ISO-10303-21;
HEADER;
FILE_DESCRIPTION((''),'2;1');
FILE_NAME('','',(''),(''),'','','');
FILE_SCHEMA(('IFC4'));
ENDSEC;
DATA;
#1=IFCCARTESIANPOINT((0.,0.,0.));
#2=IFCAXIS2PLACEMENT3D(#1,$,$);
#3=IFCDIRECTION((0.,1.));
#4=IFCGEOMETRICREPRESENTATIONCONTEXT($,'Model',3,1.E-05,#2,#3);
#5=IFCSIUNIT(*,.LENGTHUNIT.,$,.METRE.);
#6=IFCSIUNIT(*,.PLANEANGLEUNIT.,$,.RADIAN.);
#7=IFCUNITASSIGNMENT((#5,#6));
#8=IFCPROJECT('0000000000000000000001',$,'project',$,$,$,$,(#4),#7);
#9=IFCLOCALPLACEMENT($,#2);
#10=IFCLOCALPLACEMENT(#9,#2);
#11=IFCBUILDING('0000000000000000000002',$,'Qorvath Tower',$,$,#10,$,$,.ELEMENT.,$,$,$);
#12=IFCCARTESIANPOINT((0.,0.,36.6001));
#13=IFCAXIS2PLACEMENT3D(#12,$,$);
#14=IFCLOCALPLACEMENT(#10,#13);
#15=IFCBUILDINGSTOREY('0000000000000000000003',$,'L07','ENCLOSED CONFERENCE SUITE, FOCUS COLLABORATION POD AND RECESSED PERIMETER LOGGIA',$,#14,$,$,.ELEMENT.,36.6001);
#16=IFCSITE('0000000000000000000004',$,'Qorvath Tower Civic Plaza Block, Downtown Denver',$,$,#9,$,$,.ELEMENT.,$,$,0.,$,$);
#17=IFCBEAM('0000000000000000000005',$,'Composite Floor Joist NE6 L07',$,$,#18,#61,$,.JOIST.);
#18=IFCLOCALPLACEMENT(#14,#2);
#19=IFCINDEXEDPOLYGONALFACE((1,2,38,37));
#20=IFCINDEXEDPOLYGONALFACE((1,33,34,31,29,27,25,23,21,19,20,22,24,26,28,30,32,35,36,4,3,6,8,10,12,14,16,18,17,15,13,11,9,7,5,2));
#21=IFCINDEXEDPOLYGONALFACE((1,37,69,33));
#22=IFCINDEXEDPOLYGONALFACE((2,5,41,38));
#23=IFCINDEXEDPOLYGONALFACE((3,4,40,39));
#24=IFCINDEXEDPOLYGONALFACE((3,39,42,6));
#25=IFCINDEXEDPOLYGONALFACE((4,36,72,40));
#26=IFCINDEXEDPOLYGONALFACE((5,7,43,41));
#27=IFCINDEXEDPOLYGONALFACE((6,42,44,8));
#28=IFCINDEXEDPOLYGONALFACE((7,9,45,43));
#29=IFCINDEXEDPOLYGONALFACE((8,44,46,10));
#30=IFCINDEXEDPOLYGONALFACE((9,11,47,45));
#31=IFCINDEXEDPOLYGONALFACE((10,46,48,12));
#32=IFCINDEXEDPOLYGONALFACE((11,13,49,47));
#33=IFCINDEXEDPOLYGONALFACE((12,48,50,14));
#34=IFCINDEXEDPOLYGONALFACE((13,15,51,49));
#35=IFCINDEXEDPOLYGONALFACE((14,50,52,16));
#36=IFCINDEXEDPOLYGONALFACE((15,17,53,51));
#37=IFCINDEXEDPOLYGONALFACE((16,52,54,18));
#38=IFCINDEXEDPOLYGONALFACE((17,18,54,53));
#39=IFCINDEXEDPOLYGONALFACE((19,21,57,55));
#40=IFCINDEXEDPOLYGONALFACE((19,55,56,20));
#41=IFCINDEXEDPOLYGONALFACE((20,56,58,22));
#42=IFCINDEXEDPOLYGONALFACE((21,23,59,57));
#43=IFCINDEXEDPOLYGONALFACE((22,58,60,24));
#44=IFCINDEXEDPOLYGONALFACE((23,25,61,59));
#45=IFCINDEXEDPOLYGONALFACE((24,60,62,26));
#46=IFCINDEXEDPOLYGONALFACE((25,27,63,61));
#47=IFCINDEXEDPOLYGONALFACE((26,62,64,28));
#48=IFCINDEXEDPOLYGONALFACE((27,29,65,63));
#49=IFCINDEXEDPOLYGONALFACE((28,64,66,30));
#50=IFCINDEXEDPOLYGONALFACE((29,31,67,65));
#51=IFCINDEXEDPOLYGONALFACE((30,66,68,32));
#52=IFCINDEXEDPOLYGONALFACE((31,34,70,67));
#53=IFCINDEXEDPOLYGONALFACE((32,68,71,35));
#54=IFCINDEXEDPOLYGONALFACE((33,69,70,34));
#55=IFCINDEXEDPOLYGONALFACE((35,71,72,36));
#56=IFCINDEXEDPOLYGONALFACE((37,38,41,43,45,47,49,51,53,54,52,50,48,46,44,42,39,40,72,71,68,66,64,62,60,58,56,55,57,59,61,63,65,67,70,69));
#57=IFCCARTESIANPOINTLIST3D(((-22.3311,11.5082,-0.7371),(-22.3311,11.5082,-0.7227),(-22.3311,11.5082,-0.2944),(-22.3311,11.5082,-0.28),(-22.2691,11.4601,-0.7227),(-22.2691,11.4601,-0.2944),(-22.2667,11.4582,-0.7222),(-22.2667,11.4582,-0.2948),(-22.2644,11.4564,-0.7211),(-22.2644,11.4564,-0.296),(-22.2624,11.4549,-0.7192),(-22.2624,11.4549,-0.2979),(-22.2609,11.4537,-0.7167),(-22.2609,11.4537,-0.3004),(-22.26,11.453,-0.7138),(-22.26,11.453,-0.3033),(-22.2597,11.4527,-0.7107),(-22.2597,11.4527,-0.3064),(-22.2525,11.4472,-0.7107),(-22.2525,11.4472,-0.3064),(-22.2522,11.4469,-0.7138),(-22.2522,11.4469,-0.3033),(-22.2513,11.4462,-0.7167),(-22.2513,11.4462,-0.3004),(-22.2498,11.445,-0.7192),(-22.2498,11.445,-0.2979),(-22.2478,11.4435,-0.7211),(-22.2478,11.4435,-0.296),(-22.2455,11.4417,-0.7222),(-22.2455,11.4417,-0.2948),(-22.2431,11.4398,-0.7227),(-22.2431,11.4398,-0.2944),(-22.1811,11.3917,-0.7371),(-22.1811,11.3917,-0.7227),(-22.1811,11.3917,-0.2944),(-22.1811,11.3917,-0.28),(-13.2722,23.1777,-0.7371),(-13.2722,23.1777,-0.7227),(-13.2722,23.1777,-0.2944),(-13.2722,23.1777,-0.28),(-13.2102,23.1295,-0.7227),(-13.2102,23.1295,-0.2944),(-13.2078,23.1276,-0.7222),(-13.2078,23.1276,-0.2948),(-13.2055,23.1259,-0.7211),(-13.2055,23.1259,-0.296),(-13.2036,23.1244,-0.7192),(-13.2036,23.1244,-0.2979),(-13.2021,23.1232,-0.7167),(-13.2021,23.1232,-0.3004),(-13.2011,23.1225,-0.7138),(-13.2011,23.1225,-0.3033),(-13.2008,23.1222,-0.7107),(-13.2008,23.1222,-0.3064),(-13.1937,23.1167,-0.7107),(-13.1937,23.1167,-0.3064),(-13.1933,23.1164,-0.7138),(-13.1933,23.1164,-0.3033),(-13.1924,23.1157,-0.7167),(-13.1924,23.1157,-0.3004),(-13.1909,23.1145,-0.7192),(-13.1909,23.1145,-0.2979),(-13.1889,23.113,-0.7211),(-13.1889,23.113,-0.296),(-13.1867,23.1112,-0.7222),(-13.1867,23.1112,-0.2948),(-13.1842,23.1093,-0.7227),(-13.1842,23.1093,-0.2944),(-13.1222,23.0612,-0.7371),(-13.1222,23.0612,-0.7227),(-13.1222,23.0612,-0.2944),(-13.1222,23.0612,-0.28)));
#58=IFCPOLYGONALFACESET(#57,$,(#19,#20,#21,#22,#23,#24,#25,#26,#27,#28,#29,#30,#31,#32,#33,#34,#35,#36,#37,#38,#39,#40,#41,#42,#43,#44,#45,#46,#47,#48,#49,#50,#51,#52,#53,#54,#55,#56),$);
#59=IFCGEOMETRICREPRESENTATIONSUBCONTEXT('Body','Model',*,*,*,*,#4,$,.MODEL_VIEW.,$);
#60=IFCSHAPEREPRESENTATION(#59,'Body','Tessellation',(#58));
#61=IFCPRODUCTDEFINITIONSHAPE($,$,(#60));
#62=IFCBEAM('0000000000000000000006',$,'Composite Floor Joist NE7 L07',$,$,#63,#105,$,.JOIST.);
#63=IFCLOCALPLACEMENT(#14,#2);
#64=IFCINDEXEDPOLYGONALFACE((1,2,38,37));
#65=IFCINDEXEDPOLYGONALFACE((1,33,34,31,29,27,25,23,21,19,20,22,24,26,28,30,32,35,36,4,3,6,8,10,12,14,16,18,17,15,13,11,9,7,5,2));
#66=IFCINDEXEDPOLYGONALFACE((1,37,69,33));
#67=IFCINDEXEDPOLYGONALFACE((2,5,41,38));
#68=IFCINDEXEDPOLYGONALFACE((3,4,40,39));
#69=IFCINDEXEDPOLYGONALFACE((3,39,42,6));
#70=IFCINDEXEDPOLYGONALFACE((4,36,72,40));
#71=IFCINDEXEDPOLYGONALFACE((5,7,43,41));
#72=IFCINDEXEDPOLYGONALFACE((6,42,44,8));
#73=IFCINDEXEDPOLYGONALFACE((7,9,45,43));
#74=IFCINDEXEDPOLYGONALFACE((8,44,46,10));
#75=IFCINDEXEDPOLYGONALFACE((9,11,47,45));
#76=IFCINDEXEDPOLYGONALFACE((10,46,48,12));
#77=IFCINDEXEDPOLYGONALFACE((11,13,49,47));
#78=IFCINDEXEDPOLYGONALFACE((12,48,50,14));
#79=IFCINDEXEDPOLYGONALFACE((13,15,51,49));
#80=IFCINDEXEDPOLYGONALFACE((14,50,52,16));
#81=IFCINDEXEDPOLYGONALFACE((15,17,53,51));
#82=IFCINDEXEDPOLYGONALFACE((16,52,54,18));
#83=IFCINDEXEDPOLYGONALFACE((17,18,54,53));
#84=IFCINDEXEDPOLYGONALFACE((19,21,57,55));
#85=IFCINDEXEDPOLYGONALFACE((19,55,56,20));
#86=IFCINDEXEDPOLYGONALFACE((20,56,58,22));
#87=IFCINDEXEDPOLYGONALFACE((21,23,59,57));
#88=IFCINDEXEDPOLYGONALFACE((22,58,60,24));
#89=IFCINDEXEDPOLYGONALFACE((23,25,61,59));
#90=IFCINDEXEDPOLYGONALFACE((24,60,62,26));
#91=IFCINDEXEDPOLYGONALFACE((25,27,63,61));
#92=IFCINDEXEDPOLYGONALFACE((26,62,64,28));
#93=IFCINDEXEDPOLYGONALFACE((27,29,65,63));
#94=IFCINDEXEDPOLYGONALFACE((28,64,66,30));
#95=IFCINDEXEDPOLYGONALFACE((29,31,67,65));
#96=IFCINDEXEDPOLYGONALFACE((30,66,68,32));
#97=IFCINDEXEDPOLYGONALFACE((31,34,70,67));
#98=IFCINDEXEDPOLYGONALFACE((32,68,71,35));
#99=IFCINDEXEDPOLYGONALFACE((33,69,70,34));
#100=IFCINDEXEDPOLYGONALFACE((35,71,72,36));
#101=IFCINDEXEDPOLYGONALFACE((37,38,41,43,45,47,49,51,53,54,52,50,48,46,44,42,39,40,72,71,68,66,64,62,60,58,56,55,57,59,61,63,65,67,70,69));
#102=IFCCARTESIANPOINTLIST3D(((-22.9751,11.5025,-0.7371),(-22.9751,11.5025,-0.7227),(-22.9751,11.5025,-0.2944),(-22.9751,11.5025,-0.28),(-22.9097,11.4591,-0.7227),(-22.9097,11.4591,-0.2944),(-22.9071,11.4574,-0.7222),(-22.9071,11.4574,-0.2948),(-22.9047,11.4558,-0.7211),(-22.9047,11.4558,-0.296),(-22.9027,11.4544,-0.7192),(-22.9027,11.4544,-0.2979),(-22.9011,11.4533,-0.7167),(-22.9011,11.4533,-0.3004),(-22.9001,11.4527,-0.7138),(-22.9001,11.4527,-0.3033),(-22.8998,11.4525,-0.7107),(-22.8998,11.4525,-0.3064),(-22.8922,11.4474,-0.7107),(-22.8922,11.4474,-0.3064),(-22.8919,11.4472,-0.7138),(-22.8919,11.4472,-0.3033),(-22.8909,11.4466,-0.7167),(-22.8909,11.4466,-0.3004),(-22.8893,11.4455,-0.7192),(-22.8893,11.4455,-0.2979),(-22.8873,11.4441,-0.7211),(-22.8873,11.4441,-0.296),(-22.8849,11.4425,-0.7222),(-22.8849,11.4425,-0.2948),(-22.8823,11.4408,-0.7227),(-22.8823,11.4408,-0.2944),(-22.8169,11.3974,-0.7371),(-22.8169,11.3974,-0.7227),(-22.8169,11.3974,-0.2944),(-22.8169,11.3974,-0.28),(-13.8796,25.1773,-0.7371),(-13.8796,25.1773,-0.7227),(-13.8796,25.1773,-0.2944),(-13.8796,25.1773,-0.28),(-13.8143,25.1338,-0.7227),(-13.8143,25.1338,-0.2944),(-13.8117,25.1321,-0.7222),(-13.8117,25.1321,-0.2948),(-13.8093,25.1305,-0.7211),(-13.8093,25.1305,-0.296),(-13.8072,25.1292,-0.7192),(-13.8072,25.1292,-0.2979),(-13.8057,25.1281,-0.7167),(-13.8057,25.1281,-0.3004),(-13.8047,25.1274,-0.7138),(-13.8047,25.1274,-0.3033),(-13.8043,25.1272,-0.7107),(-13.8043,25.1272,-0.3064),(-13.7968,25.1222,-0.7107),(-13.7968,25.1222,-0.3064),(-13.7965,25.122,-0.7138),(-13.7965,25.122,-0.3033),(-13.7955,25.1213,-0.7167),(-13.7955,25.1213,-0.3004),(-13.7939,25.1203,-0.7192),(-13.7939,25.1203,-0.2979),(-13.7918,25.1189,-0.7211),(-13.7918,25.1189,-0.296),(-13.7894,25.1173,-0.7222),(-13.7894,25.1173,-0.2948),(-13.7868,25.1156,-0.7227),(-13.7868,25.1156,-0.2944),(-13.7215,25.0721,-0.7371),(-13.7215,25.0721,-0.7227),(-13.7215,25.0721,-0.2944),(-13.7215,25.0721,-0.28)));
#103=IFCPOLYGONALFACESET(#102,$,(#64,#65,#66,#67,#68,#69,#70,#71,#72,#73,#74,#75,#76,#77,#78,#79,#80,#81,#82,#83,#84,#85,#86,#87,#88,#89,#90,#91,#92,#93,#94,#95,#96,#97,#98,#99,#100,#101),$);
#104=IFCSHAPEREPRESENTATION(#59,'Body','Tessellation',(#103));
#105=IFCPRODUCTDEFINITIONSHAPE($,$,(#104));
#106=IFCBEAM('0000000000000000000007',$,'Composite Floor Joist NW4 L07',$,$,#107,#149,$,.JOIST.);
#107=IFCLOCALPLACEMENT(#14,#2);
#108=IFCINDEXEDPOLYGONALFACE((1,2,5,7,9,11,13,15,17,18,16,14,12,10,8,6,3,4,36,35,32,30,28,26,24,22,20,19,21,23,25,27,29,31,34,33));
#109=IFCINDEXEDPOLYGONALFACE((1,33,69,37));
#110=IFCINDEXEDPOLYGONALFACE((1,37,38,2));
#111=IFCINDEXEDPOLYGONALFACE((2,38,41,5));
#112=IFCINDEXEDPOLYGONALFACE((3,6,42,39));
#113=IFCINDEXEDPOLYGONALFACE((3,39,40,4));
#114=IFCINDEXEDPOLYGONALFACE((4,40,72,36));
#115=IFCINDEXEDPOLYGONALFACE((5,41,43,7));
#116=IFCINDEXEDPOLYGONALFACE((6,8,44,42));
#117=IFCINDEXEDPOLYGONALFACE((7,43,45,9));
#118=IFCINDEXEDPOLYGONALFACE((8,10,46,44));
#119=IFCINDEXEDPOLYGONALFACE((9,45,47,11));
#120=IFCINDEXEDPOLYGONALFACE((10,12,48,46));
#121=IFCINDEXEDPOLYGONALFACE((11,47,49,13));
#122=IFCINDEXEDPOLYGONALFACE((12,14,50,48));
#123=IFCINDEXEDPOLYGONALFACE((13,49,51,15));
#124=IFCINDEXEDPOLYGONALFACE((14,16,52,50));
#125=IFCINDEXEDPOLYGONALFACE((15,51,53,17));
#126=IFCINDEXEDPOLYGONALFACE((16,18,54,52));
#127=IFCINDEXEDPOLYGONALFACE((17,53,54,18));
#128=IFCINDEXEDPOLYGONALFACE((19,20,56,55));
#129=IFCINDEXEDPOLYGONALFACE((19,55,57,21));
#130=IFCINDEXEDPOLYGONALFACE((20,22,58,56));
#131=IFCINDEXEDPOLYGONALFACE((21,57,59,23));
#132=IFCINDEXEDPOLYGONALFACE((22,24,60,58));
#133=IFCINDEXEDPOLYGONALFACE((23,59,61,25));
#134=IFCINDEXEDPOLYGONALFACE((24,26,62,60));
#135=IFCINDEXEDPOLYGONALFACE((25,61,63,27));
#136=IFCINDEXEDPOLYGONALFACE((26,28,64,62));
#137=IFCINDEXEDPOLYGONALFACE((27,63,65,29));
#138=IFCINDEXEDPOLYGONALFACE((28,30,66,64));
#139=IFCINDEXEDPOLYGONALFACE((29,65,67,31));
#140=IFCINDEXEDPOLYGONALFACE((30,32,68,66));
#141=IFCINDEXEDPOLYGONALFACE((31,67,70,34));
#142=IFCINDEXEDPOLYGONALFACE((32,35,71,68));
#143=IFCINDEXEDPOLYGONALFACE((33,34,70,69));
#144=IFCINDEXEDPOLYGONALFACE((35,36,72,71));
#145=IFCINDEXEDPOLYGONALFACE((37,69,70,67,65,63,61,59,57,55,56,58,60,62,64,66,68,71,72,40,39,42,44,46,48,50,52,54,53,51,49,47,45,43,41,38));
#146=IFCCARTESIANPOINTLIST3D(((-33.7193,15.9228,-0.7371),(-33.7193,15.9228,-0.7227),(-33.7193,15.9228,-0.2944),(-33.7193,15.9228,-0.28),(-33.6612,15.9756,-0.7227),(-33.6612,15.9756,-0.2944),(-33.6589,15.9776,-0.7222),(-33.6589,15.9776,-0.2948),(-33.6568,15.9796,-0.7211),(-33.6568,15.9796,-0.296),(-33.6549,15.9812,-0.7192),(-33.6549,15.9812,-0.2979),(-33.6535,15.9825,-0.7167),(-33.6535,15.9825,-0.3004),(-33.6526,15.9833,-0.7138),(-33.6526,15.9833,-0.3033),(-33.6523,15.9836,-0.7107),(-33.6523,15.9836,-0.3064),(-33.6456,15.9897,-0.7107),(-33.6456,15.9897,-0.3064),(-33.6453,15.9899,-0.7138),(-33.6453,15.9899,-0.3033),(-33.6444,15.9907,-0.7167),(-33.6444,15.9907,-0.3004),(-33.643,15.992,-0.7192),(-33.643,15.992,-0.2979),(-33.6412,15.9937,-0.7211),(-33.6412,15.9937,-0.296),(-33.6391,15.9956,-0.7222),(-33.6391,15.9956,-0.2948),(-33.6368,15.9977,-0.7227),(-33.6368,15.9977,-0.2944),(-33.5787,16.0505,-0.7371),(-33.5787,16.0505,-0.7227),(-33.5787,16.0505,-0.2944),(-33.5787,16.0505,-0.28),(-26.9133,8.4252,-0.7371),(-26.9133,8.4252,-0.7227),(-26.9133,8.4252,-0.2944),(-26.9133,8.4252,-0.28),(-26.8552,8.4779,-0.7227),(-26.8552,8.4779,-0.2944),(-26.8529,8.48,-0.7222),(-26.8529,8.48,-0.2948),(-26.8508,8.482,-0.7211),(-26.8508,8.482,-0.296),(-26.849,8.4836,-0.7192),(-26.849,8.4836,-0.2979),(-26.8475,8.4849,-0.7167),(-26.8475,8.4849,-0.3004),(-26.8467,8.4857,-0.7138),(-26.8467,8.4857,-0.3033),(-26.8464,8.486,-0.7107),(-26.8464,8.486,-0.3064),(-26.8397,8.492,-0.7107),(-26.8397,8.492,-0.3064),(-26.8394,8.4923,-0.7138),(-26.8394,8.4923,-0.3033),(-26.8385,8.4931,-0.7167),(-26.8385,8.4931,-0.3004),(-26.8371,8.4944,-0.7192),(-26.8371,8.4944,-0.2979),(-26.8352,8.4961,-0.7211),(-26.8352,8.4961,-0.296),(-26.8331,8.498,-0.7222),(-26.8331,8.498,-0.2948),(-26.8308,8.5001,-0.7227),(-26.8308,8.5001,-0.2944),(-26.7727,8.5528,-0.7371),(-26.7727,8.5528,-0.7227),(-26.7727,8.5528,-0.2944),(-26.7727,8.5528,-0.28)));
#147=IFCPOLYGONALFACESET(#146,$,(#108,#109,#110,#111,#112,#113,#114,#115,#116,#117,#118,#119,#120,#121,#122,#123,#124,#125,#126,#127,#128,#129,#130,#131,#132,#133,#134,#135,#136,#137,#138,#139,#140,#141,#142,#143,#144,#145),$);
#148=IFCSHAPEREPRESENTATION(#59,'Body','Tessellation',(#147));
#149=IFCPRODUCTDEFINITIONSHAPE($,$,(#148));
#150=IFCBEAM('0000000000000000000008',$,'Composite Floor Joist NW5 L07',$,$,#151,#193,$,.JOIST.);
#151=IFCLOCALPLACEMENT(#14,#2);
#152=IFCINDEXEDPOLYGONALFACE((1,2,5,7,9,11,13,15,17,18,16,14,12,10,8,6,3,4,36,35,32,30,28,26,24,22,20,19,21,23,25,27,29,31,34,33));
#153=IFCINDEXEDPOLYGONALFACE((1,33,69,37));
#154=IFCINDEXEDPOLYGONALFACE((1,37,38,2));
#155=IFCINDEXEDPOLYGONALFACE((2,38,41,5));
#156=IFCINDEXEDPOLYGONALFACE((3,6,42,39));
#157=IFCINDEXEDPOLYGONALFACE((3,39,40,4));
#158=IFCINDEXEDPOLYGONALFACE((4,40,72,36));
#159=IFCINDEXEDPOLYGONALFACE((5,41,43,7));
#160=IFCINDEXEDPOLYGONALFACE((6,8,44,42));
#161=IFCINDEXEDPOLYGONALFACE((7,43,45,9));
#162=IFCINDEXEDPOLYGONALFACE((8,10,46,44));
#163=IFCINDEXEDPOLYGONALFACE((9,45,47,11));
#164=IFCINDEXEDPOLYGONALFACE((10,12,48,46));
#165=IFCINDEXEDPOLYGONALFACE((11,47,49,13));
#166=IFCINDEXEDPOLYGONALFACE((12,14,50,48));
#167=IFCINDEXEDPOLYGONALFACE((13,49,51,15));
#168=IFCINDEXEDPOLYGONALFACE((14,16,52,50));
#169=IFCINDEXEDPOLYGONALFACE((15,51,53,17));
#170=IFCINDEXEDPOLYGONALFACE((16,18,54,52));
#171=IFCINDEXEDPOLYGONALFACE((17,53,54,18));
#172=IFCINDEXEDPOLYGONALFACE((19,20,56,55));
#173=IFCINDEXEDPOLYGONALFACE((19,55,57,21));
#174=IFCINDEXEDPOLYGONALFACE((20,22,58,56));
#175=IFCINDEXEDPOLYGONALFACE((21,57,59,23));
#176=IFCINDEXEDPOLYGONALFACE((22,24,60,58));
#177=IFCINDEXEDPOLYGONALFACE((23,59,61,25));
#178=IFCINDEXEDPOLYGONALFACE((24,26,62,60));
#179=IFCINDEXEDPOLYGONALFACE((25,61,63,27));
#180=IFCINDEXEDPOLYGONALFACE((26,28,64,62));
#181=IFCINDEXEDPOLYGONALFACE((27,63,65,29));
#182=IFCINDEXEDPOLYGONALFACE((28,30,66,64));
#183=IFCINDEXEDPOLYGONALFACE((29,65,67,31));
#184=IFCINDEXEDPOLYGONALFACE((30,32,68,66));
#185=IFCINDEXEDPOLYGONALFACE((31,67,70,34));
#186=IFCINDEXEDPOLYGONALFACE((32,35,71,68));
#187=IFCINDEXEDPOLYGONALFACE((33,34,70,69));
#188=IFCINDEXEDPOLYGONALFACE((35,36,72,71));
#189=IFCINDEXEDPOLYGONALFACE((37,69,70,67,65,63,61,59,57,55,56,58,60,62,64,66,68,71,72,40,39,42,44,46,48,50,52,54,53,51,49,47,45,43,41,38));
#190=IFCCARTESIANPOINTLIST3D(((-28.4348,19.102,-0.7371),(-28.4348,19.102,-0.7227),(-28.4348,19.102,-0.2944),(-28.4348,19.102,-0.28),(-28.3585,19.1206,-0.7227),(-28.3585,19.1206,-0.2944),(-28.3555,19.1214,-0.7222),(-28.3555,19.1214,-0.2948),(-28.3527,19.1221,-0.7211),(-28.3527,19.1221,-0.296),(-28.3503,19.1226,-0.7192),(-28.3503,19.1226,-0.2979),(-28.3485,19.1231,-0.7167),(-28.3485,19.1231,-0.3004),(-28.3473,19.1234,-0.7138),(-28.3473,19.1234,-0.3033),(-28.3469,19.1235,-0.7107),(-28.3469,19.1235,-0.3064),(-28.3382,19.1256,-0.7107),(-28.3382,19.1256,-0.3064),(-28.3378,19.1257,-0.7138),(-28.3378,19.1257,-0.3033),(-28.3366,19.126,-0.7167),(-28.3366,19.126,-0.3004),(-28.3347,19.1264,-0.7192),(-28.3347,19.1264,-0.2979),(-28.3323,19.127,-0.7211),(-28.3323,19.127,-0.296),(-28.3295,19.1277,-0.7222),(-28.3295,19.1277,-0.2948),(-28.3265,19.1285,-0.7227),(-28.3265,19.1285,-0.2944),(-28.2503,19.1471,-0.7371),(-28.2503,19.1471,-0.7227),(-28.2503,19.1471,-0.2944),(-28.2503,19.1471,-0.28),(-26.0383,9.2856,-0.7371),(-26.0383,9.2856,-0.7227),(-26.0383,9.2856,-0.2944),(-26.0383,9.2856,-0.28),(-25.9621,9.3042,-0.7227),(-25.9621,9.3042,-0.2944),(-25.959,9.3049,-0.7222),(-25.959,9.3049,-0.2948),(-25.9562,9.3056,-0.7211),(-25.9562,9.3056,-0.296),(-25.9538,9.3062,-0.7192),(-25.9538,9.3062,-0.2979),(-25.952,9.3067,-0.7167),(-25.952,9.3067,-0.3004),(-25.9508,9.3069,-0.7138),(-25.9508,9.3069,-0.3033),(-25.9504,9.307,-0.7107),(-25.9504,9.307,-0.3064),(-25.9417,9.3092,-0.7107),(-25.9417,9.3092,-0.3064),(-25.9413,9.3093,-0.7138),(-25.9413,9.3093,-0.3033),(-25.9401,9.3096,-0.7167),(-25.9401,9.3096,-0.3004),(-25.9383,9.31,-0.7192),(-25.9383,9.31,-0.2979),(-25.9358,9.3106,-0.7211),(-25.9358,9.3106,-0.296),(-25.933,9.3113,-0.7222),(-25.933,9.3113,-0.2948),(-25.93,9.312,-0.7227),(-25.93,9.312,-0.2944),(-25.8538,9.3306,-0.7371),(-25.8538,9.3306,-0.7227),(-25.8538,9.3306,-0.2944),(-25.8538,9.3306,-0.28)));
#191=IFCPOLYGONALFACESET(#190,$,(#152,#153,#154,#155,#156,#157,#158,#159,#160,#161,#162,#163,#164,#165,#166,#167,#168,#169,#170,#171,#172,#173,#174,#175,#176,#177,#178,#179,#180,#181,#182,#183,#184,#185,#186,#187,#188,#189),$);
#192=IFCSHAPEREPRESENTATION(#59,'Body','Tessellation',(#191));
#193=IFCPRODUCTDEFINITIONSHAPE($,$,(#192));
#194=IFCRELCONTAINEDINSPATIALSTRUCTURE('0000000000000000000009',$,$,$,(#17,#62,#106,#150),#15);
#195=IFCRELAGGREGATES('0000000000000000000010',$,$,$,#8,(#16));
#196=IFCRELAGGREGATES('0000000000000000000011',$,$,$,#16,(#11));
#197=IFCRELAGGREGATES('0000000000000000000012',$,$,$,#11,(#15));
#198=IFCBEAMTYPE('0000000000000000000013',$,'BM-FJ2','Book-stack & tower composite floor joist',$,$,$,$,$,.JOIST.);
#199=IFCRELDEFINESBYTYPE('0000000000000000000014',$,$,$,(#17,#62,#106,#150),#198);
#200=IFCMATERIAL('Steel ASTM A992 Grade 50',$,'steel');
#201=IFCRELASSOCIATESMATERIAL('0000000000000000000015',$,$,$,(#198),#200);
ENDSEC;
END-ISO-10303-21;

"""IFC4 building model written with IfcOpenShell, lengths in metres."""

from ifc_helpers import new_model, si_unit, direction, frame, origin, origin_2d, place, context, subcontext, project, spatial, i_section, extrude, material, material_profile, profile_set, type_object, element, save


model = new_model("IFC4")

# Units and contexts
model_context = context("Model", 3, precision=1e-05, world=origin(), true_north=direction((0.0, 1.0)))
body_context = subcontext(model_context, "Body", "Model", "MODEL_VIEW")
ifc_project = project(units=[si_unit("LENGTHUNIT", "METRE"), si_unit("PLANEANGLEUNIT", "RADIAN")], contexts=[model_context])

# Site, building, storey
site_placement = place(None, origin())
site = spatial("IfcSite", under=ifc_project, at=site_placement, Name="Qorvath Tower Civic Plaza Block, Downtown Denver", CompositionType="ELEMENT", RefElevation=0.0)
building_placement = place(site_placement, origin())
building = spatial("IfcBuilding", under=site, at=building_placement, Name="Qorvath Tower", CompositionType="ELEMENT")
storey_placement = place(building_placement, frame((0.0, 0.0, 36.6001)))
storey = spatial("IfcBuildingStorey", under=building, at=storey_placement, Name="L07", Description="ENCLOSED CONFERENCE SUITE, FOCUS COLLABORATION POD AND RECESSED PERIMETER LOGGIA", CompositionType="ELEMENT", Elevation=36.6001)

# Beams
ifc_material_1 = material(Name="Steel ASTM A992 Grade 50", Category="steel")
ifc_material_profile_1 = material_profile(ifc_material_1, i_section(OverallWidth=0.1899, OverallDepth=0.457, WebThickness=0.009, FlangeThickness=0.0144, FilletRadius=0.012, at=origin_2d()), Name="W18x50")
ifc_profile_set_1 = profile_set([ifc_material_profile_1], Name="Steel ASTM A992 Grade 50")
beam_type_1 = type_object("IfcBeamType", Name="BM-FJ2", Description="Book-stack & tower composite floor joist", PredefinedType="JOIST", material=ifc_profile_set_1)
beam_1_placement = place(storey_placement, frame((-22.2561, 11.45, -0.5085), z_axis=(0.613207, 0.789922, 0.0), x_axis=(-0.789922, 0.613207, 0.0)))
element("IfcBeam", 1, at=beam_1_placement, inside=storey, type_object=beam_type_1, Name="Composite Floor Joist NE6 L07", PredefinedType="JOIST", context=body_context, shape_type="SweptSolid", body=[
    extrude(i_section(OverallWidth=0.1899, OverallDepth=0.457, WebThickness=0.009, FlangeThickness=0.0144, FilletRadius=0.012, at=origin_2d()), origin(), (0.0, 0.0, 1.0), 14.7729),
])
beam_2_placement = place(storey_placement, frame((-22.896, 11.45, -0.5085), z_axis=(0.553811, 0.832642, 0.0), x_axis=(-0.832642, 0.553811, 0.0)))
element("IfcBeam", 2, at=beam_2_placement, inside=storey, type_object=beam_type_1, Name="Composite Floor Joist NE7 L07", PredefinedType="JOIST", context=body_context, shape_type="SweptSolid", body=[
    extrude(i_section(OverallWidth=0.1899, OverallDepth=0.457, WebThickness=0.009, FlangeThickness=0.0144, FilletRadius=0.012, at=origin_2d()), origin(), (0.0, 0.0, 1.0), 16.4233),
])
beam_3_placement = place(storey_placement, frame((-26.843, 8.489, -0.5085), z_axis=(-0.672129, 0.740434, 0.0), x_axis=(-0.740434, -0.672129, 0.0)))
element("IfcBeam", 3, at=beam_3_placement, inside=storey, type_object=beam_type_1, Name="Composite Floor Joist NW4 L07", PredefinedType="JOIST", context=body_context, shape_type="SweptSolid", body=[
    extrude(i_section(OverallWidth=0.1899, OverallDepth=0.457, WebThickness=0.009, FlangeThickness=0.0144, FilletRadius=0.012, at=origin_2d()), origin(), (0.0, 0.0, 1.0), 10.126),
])
beam_4_placement = place(storey_placement, frame((-25.946, 9.3081, -0.5085), z_axis=(-0.237165, 0.971469, 0.0), x_axis=(-0.971469, -0.237165, 0.0)))
element("IfcBeam", 4, at=beam_4_placement, inside=storey, type_object=beam_type_1, Name="Composite Floor Joist NW5 L07", PredefinedType="JOIST", context=body_context, shape_type="SweptSolid", body=[
    extrude(i_section(OverallWidth=0.1899, OverallDepth=0.457, WebThickness=0.009, FlangeThickness=0.0144, FilletRadius=0.012, at=origin_2d()), origin(), (0.0, 0.0, 1.0), 10.1047),
])

save(model, "model.ifc")
